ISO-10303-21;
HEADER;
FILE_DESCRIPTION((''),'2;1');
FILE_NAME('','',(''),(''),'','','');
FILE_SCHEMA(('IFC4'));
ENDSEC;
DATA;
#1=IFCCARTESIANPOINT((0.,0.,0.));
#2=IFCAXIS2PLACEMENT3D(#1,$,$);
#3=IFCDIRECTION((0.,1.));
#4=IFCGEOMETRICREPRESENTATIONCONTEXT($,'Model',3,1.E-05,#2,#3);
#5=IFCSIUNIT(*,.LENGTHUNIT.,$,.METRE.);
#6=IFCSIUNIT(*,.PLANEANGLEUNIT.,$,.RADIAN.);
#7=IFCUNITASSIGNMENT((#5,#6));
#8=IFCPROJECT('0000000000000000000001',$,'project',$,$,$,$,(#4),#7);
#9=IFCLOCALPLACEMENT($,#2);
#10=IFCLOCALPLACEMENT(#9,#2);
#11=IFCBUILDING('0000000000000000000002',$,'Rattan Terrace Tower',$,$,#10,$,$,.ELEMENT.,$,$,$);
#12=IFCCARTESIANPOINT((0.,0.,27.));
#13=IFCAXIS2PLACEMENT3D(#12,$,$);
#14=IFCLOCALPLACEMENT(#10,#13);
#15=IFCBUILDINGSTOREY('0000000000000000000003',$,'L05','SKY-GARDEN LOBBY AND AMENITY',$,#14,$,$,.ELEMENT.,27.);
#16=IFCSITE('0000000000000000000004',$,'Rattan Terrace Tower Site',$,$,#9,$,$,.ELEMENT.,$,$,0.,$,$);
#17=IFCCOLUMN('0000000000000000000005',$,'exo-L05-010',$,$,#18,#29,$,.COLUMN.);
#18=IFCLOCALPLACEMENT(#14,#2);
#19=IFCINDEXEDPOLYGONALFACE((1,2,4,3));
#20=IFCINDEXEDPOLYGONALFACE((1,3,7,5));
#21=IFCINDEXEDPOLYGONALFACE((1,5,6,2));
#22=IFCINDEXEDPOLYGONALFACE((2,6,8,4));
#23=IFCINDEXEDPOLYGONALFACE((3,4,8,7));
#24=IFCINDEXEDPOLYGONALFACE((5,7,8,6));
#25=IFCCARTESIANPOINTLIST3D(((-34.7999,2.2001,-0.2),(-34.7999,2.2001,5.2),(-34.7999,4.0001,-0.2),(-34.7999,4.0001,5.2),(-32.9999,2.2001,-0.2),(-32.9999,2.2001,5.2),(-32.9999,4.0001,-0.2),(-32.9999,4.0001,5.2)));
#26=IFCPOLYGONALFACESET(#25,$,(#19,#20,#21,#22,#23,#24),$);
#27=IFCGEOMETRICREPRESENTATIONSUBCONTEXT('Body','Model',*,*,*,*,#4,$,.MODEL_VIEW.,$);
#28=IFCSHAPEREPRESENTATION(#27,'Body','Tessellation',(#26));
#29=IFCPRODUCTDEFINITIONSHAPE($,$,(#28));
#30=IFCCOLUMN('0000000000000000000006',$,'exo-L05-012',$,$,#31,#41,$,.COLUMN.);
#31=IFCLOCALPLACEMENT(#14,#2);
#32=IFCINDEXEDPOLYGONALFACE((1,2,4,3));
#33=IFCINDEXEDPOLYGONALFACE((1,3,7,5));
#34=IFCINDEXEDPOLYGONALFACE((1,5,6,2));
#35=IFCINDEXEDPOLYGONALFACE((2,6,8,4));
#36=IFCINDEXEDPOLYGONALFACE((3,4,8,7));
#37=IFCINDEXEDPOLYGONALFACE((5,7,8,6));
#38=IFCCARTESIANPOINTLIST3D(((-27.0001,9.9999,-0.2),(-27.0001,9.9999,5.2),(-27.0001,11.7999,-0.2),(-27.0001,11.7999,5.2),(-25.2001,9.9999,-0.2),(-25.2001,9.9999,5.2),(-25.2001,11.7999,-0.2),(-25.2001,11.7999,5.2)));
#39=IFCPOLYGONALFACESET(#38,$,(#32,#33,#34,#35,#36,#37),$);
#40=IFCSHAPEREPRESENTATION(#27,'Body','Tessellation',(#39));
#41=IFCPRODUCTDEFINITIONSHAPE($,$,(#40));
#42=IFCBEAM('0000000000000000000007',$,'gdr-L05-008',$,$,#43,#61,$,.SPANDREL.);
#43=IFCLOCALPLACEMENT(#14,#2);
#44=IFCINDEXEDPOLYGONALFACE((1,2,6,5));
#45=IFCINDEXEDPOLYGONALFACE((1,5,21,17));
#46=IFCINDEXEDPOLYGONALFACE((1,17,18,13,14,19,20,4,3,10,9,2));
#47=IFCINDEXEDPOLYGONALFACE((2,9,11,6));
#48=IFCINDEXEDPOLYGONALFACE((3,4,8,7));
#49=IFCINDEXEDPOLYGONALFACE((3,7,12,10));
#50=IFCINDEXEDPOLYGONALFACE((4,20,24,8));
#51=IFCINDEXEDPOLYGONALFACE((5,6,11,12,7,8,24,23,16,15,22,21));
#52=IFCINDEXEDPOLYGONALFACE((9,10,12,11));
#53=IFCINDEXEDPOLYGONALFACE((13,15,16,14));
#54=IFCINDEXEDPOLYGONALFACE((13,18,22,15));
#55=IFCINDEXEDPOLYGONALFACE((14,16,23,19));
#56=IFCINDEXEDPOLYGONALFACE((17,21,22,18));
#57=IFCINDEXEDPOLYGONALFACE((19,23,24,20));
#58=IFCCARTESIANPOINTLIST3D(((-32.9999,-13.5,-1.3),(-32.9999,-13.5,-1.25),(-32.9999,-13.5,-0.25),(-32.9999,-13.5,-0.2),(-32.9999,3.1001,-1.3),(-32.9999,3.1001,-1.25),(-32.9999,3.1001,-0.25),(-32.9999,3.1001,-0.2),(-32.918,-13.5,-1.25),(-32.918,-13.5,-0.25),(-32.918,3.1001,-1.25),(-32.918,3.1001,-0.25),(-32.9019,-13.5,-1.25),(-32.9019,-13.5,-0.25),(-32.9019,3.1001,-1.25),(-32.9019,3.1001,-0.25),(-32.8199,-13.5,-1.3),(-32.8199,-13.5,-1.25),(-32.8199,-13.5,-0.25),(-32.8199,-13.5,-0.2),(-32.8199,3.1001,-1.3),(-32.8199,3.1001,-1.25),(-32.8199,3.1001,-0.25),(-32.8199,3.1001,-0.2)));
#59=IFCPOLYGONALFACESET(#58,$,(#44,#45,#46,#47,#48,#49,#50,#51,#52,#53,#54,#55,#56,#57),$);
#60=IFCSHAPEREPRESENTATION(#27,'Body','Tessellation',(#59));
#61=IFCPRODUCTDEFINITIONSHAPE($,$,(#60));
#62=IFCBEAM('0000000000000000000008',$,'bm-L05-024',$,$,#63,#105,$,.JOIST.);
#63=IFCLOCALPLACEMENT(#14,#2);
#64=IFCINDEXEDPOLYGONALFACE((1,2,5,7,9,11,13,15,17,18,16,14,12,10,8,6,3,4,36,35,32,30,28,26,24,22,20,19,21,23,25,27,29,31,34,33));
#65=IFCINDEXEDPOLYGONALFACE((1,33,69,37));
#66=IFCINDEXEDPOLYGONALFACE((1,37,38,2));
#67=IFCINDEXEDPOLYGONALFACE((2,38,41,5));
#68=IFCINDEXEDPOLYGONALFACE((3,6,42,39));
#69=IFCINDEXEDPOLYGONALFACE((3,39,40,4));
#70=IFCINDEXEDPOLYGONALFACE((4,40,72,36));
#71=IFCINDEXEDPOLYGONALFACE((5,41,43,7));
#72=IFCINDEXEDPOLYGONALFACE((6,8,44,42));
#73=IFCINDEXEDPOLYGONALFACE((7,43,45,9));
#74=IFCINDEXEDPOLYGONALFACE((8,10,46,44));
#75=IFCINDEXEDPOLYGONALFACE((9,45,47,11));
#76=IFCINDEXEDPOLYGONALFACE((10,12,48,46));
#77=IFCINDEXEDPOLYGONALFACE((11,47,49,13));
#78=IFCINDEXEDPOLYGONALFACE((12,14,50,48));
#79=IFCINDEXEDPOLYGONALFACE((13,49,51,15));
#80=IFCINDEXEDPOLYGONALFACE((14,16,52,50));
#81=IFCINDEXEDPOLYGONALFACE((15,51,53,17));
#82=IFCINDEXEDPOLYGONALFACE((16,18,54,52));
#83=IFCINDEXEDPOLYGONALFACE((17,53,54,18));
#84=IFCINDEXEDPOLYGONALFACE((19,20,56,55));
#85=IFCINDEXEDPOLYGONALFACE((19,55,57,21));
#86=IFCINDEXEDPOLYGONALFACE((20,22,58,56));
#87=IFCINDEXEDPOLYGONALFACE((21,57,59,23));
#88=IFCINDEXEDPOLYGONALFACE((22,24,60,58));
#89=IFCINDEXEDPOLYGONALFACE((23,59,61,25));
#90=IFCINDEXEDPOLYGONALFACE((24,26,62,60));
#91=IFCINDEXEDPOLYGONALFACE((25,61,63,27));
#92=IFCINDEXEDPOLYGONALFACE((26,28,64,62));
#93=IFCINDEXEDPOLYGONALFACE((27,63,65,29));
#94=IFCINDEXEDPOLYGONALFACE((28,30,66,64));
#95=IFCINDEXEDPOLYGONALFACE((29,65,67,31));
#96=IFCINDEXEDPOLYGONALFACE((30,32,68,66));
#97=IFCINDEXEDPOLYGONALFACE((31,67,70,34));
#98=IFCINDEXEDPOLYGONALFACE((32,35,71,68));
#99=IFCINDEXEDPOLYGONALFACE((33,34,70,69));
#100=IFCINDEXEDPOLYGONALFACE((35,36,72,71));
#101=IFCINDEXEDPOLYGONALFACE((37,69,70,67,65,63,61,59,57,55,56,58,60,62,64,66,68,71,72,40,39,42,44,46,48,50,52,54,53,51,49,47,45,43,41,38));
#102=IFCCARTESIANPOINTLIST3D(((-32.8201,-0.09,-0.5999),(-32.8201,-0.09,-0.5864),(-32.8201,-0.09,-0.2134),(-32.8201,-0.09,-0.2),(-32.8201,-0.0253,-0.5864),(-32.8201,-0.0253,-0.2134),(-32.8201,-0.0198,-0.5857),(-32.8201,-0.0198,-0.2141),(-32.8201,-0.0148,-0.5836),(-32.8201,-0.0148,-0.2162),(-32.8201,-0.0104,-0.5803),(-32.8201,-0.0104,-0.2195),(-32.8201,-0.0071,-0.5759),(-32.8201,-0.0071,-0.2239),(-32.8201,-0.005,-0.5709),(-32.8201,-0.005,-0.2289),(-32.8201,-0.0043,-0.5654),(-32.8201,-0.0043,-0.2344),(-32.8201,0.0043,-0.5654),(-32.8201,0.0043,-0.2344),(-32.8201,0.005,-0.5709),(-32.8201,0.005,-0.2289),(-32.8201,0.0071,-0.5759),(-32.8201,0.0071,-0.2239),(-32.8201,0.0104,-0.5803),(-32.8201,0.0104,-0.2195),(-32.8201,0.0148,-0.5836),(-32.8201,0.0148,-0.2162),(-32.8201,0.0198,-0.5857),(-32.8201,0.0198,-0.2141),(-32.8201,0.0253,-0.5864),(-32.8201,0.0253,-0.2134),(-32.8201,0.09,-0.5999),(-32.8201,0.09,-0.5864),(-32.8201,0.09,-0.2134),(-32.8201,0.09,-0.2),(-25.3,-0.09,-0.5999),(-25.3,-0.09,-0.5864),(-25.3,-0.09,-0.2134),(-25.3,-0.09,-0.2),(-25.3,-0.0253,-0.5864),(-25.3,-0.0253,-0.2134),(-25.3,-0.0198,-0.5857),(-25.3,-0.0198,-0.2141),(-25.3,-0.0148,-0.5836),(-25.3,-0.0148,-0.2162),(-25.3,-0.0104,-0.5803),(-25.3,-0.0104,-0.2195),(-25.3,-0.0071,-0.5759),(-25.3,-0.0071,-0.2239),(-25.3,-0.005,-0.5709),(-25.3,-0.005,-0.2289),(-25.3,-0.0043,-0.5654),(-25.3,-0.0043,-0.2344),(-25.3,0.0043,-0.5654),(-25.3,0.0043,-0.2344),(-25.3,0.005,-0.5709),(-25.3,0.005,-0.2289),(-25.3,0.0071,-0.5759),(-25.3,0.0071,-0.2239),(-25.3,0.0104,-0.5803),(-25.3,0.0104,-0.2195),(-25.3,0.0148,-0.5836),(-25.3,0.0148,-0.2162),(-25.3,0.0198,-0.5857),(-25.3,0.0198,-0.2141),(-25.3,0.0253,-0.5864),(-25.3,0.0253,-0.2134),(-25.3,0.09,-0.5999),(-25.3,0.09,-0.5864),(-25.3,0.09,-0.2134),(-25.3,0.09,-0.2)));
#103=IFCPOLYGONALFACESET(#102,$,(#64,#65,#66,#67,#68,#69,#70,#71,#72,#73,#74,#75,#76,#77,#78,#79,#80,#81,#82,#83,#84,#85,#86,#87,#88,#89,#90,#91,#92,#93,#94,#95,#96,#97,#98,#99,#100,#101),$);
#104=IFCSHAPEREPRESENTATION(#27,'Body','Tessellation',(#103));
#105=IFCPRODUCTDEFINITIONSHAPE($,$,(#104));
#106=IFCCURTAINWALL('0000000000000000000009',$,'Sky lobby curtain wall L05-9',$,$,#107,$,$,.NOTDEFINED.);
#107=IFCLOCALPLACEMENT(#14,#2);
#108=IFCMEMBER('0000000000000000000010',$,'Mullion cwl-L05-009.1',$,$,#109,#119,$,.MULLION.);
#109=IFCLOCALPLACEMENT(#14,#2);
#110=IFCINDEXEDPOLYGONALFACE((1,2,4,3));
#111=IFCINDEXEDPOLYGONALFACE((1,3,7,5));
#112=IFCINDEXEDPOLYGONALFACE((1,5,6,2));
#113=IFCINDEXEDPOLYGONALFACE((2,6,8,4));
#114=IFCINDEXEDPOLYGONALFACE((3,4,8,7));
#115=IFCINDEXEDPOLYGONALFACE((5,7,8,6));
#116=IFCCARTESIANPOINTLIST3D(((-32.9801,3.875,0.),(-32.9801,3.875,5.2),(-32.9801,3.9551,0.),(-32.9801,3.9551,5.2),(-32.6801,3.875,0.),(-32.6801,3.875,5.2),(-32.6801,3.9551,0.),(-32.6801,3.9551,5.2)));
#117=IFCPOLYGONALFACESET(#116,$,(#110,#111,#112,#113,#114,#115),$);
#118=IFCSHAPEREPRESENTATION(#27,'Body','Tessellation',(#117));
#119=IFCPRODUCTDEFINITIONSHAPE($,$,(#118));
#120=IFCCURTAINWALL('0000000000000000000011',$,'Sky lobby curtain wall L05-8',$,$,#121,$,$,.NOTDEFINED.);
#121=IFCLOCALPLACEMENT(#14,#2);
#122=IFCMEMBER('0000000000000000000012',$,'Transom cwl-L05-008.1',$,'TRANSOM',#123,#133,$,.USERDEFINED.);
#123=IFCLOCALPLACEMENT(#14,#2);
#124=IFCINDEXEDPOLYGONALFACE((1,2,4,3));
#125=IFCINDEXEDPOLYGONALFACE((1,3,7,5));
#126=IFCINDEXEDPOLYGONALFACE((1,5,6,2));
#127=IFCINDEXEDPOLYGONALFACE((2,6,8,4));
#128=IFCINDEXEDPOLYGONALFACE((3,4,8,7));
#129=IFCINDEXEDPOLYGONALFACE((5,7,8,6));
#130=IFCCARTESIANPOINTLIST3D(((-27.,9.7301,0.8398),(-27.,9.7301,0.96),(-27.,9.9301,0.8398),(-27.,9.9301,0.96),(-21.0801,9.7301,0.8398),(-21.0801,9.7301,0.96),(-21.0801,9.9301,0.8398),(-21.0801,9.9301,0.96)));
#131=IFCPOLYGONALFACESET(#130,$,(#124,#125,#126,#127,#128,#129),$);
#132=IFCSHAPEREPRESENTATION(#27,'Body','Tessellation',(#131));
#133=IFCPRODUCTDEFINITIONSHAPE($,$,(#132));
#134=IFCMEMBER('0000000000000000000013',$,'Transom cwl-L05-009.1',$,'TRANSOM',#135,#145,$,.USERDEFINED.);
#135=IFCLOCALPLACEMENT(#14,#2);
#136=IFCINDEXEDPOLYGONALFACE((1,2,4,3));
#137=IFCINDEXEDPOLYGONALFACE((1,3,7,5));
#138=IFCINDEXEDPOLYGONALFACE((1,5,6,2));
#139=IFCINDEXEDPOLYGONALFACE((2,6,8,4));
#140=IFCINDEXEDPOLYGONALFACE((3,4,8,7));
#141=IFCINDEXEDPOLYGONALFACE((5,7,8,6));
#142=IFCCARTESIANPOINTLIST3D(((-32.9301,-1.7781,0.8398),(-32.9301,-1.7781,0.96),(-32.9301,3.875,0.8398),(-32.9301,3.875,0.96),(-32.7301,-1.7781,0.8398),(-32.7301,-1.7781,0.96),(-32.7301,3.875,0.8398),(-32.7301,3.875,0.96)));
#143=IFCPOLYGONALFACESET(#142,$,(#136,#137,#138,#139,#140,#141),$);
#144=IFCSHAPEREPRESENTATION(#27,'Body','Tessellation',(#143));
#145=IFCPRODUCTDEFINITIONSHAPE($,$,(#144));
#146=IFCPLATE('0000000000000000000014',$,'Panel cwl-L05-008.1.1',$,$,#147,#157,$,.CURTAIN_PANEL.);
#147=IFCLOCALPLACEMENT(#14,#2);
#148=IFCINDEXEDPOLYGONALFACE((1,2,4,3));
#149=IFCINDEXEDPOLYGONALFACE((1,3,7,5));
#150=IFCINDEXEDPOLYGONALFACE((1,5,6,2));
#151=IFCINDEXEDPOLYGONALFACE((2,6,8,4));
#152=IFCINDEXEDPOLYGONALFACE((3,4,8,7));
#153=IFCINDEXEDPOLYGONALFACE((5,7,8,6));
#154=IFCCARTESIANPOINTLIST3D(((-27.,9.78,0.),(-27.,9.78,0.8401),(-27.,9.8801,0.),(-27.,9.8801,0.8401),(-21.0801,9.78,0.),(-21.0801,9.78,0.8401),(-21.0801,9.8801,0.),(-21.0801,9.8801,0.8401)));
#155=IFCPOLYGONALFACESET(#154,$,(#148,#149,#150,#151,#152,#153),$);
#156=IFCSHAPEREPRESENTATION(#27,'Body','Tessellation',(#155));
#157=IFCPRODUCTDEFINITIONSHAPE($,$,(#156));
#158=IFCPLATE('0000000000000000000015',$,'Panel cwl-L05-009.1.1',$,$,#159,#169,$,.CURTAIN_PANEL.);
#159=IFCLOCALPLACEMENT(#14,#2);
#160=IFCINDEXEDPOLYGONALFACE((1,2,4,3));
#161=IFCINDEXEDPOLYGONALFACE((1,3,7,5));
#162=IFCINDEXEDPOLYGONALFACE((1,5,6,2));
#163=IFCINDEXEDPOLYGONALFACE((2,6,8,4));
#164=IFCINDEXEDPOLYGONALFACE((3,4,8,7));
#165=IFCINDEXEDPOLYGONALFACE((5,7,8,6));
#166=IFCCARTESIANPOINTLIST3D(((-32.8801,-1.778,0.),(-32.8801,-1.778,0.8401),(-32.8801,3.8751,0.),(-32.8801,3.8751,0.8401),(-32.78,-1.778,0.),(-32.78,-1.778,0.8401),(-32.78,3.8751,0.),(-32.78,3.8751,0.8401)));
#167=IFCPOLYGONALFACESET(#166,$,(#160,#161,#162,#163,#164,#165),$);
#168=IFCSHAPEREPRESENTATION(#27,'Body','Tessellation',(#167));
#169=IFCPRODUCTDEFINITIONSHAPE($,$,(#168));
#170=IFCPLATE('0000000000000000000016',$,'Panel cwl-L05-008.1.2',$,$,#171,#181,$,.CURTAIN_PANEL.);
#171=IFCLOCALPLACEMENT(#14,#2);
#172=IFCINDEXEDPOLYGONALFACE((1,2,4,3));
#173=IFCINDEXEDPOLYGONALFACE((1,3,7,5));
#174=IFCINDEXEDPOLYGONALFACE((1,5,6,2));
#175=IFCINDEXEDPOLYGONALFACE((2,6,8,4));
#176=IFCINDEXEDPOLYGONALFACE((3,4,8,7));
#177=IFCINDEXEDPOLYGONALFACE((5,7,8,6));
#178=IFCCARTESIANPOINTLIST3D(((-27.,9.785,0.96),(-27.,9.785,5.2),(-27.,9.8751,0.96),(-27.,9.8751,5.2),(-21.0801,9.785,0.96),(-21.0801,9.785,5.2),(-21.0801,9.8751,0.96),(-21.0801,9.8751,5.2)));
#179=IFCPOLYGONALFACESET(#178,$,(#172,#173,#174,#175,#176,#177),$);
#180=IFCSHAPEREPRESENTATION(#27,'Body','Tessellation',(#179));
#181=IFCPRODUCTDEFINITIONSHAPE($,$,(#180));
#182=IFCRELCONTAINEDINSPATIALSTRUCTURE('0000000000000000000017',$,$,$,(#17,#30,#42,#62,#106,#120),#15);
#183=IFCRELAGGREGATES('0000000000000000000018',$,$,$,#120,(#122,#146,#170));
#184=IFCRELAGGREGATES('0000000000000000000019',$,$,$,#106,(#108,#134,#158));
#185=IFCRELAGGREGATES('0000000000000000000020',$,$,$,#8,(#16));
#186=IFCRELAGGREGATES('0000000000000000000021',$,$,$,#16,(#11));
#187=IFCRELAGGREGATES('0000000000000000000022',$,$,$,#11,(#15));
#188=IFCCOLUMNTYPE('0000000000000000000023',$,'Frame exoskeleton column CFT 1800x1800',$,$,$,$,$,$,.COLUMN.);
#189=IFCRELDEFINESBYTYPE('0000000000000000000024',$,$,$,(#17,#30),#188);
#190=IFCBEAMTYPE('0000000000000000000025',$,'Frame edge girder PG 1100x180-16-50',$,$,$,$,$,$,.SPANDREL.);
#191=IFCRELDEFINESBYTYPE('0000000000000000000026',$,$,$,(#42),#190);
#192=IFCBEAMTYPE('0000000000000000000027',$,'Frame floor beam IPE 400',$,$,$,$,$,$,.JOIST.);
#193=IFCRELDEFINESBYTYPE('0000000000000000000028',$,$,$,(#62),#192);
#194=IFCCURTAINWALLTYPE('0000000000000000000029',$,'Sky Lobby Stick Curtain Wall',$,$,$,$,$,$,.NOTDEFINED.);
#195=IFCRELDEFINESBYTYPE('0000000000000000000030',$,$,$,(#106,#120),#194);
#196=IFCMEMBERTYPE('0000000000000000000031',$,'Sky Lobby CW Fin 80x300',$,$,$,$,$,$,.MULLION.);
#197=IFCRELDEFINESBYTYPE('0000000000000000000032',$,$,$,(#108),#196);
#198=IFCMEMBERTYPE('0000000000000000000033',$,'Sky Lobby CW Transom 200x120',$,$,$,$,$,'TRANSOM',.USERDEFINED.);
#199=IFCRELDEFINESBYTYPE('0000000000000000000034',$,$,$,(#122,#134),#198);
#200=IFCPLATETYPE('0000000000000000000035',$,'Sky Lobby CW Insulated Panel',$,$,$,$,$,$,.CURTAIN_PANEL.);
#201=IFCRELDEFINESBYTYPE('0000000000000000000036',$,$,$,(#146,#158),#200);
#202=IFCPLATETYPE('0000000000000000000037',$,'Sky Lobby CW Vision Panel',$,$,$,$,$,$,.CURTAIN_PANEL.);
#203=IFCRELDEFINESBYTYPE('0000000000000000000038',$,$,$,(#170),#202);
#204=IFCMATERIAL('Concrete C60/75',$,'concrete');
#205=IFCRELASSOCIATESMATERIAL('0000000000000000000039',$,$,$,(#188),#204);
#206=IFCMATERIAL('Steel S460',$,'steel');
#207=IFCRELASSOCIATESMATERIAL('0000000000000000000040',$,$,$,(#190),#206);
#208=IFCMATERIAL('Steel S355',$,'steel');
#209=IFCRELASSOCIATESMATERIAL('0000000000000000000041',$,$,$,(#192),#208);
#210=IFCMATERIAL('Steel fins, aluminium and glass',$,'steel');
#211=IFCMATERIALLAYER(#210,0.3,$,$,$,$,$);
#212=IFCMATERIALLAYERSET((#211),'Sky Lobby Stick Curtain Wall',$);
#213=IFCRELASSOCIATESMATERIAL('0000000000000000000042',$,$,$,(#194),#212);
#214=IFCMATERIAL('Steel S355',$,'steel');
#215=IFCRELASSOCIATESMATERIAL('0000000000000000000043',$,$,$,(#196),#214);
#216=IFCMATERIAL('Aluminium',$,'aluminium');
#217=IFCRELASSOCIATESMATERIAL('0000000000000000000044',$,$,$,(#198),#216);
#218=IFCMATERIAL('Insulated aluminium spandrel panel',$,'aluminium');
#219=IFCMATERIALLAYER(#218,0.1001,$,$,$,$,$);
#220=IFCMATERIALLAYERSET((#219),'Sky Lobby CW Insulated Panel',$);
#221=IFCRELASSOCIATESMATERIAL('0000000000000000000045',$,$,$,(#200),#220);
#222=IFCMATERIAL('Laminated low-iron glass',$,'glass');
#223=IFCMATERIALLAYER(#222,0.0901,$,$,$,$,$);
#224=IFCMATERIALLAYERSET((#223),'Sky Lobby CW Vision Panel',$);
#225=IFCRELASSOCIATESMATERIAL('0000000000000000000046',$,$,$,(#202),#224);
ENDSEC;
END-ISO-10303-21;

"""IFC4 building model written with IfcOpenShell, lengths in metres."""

from ifc_helpers import new_model, si_unit, direction, frame, origin, origin_2d, place, context, subcontext, project, spatial, rectangle, i_section, extrude, material, layer, layer_set, material_profile, profile_set, type_object, element, aggregate, save


model = new_model("IFC4")

# Units and contexts
model_context = context("Model", 3, precision=1e-05, world=origin(), true_north=direction((0.0, 1.0)))
body_context = subcontext(model_context, "Body", "Model", "MODEL_VIEW")
ifc_project = project(units=[si_unit("LENGTHUNIT", "METRE"), si_unit("PLANEANGLEUNIT", "RADIAN")], contexts=[model_context])

# Site, building, storey
site_placement = place(None, origin())
site = spatial("IfcSite", under=ifc_project, at=site_placement, Name="Rattan Terrace Tower Site", CompositionType="ELEMENT", RefElevation=0.0)
building_placement = place(site_placement, origin())
building = spatial("IfcBuilding", under=site, at=building_placement, Name="Rattan Terrace Tower", CompositionType="ELEMENT")
storey_placement = place(building_placement, frame((0.0, 0.0, 27.0)))
storey = spatial("IfcBuildingStorey", under=building, at=storey_placement, Name="L05", Description="SKY-GARDEN LOBBY AND AMENITY", CompositionType="ELEMENT", Elevation=27.0)

# Columns
ifc_material_1 = material(Name="Concrete C60/75", Category="concrete")
ifc_material_profile_1 = material_profile(ifc_material_1, rectangle(XDim=1.8, YDim=1.8, at=origin_2d()), Name="CFT 1800x1800")
ifc_profile_set_1 = profile_set([ifc_material_profile_1], Name="Concrete C60/75")
column_type = type_object("IfcColumnType", Name="Frame exoskeleton column CFT 1800x1800", PredefinedType="COLUMN", material=ifc_profile_set_1)
for number, where, z_axis, x_axis, name in (
    (1, (-33.8999, 3.1001, -0.2), (0.0, 0.0, 1.0), (0.0, 1.0, 0.0), "exo-L05-010"),
    (2, (-26.1001, 10.8999, -0.2), (0.0, 0.0, 1.0), (1.0, 0.0, 0.0), "exo-L05-012"),
):
    element("IfcColumn", number, at=place(storey_placement, frame(where, z_axis=z_axis, x_axis=x_axis)), inside=storey, type_object=column_type, Name=name, PredefinedType="COLUMN", context=body_context, shape_type="SweptSolid", body=[
        extrude(rectangle(XDim=1.8, YDim=1.8, at=origin_2d()), origin(), (0.0, 0.0, 1.0), 5.3999),
    ])

# Beams
ifc_material_2 = material(Name="Steel S460", Category="steel")
ifc_material_profile_2 = material_profile(ifc_material_2, i_section(OverallWidth=0.1799, OverallDepth=1.1001, WebThickness=0.0161, FlangeThickness=0.05, at=origin_2d()), Name="PG 1100x180-16-50")
ifc_profile_set_2 = profile_set([ifc_material_profile_2], Name="Steel S460")
beam_type_1 = type_object("IfcBeamType", Name="Frame edge girder PG 1100x180-16-50", PredefinedType="SPANDREL", material=ifc_profile_set_2)
beam_1_placement = place(storey_placement, frame((-32.9099, 3.1001, -0.75), z_axis=(0.0, -1.0, 0.0), x_axis=(1.0, 0.0, 0.0)))
element("IfcBeam", 3, at=beam_1_placement, inside=storey, type_object=beam_type_1, Name="gdr-L05-008", PredefinedType="SPANDREL", context=body_context, shape_type="SweptSolid", body=[
    extrude(i_section(OverallWidth=0.1799, OverallDepth=1.1001, WebThickness=0.0161, FlangeThickness=0.05, at=origin_2d()), origin(), (0.0, 0.0, 1.0), 16.6001),
])
ifc_material_3 = material(Name="Steel S355", Category="steel")
ifc_material_profile_3 = material_profile(ifc_material_3, i_section(OverallWidth=0.1799, OverallDepth=0.3999, WebThickness=0.0085, FlangeThickness=0.0134, FilletRadius=0.021, at=origin_2d()), Name="IPE 400")
ifc_profile_set_3 = profile_set([ifc_material_profile_3], Name="Steel S355")
beam_type_2 = type_object("IfcBeamType", Name="Frame floor beam IPE 400", PredefinedType="JOIST", material=ifc_profile_set_3)
beam_2_placement = place(storey_placement, frame((-32.8201, 0.0, -0.3999), z_axis=(1.0, 0.0, 0.0), x_axis=(0.0, 1.0, 0.0)))
element("IfcBeam", 4, at=beam_2_placement, inside=storey, type_object=beam_type_2, Name="bm-L05-024", PredefinedType="JOIST", context=body_context, shape_type="SweptSolid", body=[
    extrude(i_section(OverallWidth=0.1799, OverallDepth=0.3999, WebThickness=0.0085, FlangeThickness=0.0134, FilletRadius=0.021, at=origin_2d()), origin(), (0.0, 0.0, 1.0), 7.52),
])

# Curtain walls, members
ifc_material_4 = material(Name="Steel fins, aluminium and glass", Category="steel")
ifc_layer_1 = layer(ifc_material_4, 0.3)
ifc_layer_set_1 = layer_set([ifc_layer_1], Name="Sky Lobby Stick Curtain Wall")
curtain_wall_type = type_object("IfcCurtainWallType", Name="Sky Lobby Stick Curtain Wall", PredefinedType="NOTDEFINED", material=ifc_layer_set_1)
curtain_wall_1_placement = place(storey_placement, origin())
curtain_wall_1 = element("IfcCurtainWall", 5, at=curtain_wall_1_placement, inside=storey, type_object=curtain_wall_type, Name="Sky lobby curtain wall L05-9", PredefinedType="NOTDEFINED")
ifc_material_5 = material(Name="Steel S355", Category="steel")
ifc_material_profile_4 = material_profile(ifc_material_5, rectangle(XDim=0.0801, YDim=0.3, at=origin_2d()), Name="Steel S355 80x300")
ifc_profile_set_4 = profile_set([ifc_material_profile_4], Name="Steel S355")
member_type_1 = type_object("IfcMemberType", Name="Sky Lobby CW Fin 80x300", PredefinedType="MULLION", material=ifc_profile_set_4)
member_1_placement = place(storey_placement, frame((-32.8301, 3.915, 0.0), z_axis=(0.0, 0.0, 1.0), x_axis=(0.0, -1.0, 0.0)))
member_1 = element("IfcMember", 6, at=member_1_placement, type_object=member_type_1, Name="Mullion cwl-L05-009.1", PredefinedType="MULLION", context=body_context, shape_type="SweptSolid", body=[
    extrude(rectangle(XDim=0.0801, YDim=0.3, at=origin_2d()), origin(), (0.0, 0.0, 1.0), 5.2),
])
curtain_wall_2_placement = place(storey_placement, origin())
curtain_wall_2 = element("IfcCurtainWall", 7, at=curtain_wall_2_placement, inside=storey, type_object=curtain_wall_type, Name="Sky lobby curtain wall L05-8", PredefinedType="NOTDEFINED")
ifc_material_6 = material(Name="Aluminium", Category="aluminium")
ifc_material_profile_5 = material_profile(ifc_material_6, rectangle(XDim=0.2, YDim=0.1201, at=origin_2d()), Name="Aluminium 200x120")
ifc_profile_set_5 = profile_set([ifc_material_profile_5], Name="Aluminium")
member_type_2 = type_object("IfcMemberType", Name="Sky Lobby CW Transom 200x120", ElementType="TRANSOM", PredefinedType="USERDEFINED", material=ifc_profile_set_5)
member_2_placement = place(storey_placement, frame((-21.0801, 9.8301, 0.8999), z_axis=(-1.0, 0.0, 0.0), x_axis=(0.0, -1.0, 0.0)))
member_2 = element("IfcMember", 8, at=member_2_placement, type_object=member_type_2, Name="Transom cwl-L05-008.1", ObjectType="TRANSOM", PredefinedType="USERDEFINED", context=body_context, shape_type="SweptSolid", body=[
    extrude(rectangle(XDim=0.2, YDim=0.1201, at=origin_2d()), origin(), (0.0, 0.0, 1.0), 5.9199),
])

# Member
member_3_placement = place(storey_placement, frame((-32.8301, 3.875, 0.8999), z_axis=(0.0, -1.0, 0.0), x_axis=(1.0, 0.0, 0.0)))
member_3 = element("IfcMember", 9, at=member_3_placement, type_object=member_type_2, Name="Transom cwl-L05-009.1", ObjectType="TRANSOM", PredefinedType="USERDEFINED", context=body_context, shape_type="SweptSolid", body=[
    extrude(rectangle(XDim=0.2, YDim=0.1201, at=origin_2d()), origin(), (0.0, 0.0, 1.0), 5.6531),
])

# Plates
ifc_material_7 = material(Name="Insulated aluminium spandrel panel", Category="aluminium")
ifc_layer_2 = layer(ifc_material_7, 0.1001)
ifc_layer_set_2 = layer_set([ifc_layer_2], Name="Sky Lobby CW Insulated Panel")
plate_type_1 = type_object("IfcPlateType", Name="Sky Lobby CW Insulated Panel", PredefinedType="CURTAIN_PANEL", material=ifc_layer_set_2)
plate_1_placement = place(storey_placement, frame((-24.04, 9.8301, 0.0), z_axis=(0.0, 0.0, 1.0), x_axis=(-1.0, 0.0, 0.0)))
plate_1 = element("IfcPlate", 10, at=plate_1_placement, type_object=plate_type_1, Name="Panel cwl-L05-008.1.1", PredefinedType="CURTAIN_PANEL", context=body_context, shape_type="SweptSolid", body=[
    extrude(rectangle(XDim=5.9199, YDim=0.1001, at=origin_2d()), origin(), (0.0, 0.0, 1.0), 0.8401),
])
plate_2_placement = place(storey_placement, frame((-32.8301, 1.0486, 0.0), z_axis=(0.0, 0.0, 1.0), x_axis=(0.0, -1.0, 0.0)))
plate_2 = element("IfcPlate", 11, at=plate_2_placement, type_object=plate_type_1, Name="Panel cwl-L05-009.1.1", PredefinedType="CURTAIN_PANEL", context=body_context, shape_type="SweptSolid", body=[
    extrude(rectangle(XDim=5.6531, YDim=0.1001, at=origin_2d()), origin(), (0.0, 0.0, 1.0), 0.8401),
])
ifc_material_8 = material(Name="Laminated low-iron glass", Category="glass")
ifc_layer_3 = layer(ifc_material_8, 0.0901)
ifc_layer_set_3 = layer_set([ifc_layer_3], Name="Sky Lobby CW Vision Panel")
plate_type_2 = type_object("IfcPlateType", Name="Sky Lobby CW Vision Panel", PredefinedType="CURTAIN_PANEL", material=ifc_layer_set_3)
plate_3_placement = place(storey_placement, frame((-24.04, 9.8301, 0.96), z_axis=(0.0, 0.0, 1.0), x_axis=(-1.0, 0.0, 0.0)))
plate_3 = element("IfcPlate", 12, at=plate_3_placement, type_object=plate_type_2, Name="Panel cwl-L05-008.1.2", PredefinedType="CURTAIN_PANEL", context=body_context, shape_type="SweptSolid", body=[
    extrude(rectangle(XDim=5.9199, YDim=0.0901, at=origin_2d()), origin(), (0.0, 0.0, 1.0), 4.24),
])
aggregate(curtain_wall_2, [member_2, plate_1, plate_3])
aggregate(curtain_wall_1, [member_1, member_3, plate_2])

save(model, "model.ifc")
